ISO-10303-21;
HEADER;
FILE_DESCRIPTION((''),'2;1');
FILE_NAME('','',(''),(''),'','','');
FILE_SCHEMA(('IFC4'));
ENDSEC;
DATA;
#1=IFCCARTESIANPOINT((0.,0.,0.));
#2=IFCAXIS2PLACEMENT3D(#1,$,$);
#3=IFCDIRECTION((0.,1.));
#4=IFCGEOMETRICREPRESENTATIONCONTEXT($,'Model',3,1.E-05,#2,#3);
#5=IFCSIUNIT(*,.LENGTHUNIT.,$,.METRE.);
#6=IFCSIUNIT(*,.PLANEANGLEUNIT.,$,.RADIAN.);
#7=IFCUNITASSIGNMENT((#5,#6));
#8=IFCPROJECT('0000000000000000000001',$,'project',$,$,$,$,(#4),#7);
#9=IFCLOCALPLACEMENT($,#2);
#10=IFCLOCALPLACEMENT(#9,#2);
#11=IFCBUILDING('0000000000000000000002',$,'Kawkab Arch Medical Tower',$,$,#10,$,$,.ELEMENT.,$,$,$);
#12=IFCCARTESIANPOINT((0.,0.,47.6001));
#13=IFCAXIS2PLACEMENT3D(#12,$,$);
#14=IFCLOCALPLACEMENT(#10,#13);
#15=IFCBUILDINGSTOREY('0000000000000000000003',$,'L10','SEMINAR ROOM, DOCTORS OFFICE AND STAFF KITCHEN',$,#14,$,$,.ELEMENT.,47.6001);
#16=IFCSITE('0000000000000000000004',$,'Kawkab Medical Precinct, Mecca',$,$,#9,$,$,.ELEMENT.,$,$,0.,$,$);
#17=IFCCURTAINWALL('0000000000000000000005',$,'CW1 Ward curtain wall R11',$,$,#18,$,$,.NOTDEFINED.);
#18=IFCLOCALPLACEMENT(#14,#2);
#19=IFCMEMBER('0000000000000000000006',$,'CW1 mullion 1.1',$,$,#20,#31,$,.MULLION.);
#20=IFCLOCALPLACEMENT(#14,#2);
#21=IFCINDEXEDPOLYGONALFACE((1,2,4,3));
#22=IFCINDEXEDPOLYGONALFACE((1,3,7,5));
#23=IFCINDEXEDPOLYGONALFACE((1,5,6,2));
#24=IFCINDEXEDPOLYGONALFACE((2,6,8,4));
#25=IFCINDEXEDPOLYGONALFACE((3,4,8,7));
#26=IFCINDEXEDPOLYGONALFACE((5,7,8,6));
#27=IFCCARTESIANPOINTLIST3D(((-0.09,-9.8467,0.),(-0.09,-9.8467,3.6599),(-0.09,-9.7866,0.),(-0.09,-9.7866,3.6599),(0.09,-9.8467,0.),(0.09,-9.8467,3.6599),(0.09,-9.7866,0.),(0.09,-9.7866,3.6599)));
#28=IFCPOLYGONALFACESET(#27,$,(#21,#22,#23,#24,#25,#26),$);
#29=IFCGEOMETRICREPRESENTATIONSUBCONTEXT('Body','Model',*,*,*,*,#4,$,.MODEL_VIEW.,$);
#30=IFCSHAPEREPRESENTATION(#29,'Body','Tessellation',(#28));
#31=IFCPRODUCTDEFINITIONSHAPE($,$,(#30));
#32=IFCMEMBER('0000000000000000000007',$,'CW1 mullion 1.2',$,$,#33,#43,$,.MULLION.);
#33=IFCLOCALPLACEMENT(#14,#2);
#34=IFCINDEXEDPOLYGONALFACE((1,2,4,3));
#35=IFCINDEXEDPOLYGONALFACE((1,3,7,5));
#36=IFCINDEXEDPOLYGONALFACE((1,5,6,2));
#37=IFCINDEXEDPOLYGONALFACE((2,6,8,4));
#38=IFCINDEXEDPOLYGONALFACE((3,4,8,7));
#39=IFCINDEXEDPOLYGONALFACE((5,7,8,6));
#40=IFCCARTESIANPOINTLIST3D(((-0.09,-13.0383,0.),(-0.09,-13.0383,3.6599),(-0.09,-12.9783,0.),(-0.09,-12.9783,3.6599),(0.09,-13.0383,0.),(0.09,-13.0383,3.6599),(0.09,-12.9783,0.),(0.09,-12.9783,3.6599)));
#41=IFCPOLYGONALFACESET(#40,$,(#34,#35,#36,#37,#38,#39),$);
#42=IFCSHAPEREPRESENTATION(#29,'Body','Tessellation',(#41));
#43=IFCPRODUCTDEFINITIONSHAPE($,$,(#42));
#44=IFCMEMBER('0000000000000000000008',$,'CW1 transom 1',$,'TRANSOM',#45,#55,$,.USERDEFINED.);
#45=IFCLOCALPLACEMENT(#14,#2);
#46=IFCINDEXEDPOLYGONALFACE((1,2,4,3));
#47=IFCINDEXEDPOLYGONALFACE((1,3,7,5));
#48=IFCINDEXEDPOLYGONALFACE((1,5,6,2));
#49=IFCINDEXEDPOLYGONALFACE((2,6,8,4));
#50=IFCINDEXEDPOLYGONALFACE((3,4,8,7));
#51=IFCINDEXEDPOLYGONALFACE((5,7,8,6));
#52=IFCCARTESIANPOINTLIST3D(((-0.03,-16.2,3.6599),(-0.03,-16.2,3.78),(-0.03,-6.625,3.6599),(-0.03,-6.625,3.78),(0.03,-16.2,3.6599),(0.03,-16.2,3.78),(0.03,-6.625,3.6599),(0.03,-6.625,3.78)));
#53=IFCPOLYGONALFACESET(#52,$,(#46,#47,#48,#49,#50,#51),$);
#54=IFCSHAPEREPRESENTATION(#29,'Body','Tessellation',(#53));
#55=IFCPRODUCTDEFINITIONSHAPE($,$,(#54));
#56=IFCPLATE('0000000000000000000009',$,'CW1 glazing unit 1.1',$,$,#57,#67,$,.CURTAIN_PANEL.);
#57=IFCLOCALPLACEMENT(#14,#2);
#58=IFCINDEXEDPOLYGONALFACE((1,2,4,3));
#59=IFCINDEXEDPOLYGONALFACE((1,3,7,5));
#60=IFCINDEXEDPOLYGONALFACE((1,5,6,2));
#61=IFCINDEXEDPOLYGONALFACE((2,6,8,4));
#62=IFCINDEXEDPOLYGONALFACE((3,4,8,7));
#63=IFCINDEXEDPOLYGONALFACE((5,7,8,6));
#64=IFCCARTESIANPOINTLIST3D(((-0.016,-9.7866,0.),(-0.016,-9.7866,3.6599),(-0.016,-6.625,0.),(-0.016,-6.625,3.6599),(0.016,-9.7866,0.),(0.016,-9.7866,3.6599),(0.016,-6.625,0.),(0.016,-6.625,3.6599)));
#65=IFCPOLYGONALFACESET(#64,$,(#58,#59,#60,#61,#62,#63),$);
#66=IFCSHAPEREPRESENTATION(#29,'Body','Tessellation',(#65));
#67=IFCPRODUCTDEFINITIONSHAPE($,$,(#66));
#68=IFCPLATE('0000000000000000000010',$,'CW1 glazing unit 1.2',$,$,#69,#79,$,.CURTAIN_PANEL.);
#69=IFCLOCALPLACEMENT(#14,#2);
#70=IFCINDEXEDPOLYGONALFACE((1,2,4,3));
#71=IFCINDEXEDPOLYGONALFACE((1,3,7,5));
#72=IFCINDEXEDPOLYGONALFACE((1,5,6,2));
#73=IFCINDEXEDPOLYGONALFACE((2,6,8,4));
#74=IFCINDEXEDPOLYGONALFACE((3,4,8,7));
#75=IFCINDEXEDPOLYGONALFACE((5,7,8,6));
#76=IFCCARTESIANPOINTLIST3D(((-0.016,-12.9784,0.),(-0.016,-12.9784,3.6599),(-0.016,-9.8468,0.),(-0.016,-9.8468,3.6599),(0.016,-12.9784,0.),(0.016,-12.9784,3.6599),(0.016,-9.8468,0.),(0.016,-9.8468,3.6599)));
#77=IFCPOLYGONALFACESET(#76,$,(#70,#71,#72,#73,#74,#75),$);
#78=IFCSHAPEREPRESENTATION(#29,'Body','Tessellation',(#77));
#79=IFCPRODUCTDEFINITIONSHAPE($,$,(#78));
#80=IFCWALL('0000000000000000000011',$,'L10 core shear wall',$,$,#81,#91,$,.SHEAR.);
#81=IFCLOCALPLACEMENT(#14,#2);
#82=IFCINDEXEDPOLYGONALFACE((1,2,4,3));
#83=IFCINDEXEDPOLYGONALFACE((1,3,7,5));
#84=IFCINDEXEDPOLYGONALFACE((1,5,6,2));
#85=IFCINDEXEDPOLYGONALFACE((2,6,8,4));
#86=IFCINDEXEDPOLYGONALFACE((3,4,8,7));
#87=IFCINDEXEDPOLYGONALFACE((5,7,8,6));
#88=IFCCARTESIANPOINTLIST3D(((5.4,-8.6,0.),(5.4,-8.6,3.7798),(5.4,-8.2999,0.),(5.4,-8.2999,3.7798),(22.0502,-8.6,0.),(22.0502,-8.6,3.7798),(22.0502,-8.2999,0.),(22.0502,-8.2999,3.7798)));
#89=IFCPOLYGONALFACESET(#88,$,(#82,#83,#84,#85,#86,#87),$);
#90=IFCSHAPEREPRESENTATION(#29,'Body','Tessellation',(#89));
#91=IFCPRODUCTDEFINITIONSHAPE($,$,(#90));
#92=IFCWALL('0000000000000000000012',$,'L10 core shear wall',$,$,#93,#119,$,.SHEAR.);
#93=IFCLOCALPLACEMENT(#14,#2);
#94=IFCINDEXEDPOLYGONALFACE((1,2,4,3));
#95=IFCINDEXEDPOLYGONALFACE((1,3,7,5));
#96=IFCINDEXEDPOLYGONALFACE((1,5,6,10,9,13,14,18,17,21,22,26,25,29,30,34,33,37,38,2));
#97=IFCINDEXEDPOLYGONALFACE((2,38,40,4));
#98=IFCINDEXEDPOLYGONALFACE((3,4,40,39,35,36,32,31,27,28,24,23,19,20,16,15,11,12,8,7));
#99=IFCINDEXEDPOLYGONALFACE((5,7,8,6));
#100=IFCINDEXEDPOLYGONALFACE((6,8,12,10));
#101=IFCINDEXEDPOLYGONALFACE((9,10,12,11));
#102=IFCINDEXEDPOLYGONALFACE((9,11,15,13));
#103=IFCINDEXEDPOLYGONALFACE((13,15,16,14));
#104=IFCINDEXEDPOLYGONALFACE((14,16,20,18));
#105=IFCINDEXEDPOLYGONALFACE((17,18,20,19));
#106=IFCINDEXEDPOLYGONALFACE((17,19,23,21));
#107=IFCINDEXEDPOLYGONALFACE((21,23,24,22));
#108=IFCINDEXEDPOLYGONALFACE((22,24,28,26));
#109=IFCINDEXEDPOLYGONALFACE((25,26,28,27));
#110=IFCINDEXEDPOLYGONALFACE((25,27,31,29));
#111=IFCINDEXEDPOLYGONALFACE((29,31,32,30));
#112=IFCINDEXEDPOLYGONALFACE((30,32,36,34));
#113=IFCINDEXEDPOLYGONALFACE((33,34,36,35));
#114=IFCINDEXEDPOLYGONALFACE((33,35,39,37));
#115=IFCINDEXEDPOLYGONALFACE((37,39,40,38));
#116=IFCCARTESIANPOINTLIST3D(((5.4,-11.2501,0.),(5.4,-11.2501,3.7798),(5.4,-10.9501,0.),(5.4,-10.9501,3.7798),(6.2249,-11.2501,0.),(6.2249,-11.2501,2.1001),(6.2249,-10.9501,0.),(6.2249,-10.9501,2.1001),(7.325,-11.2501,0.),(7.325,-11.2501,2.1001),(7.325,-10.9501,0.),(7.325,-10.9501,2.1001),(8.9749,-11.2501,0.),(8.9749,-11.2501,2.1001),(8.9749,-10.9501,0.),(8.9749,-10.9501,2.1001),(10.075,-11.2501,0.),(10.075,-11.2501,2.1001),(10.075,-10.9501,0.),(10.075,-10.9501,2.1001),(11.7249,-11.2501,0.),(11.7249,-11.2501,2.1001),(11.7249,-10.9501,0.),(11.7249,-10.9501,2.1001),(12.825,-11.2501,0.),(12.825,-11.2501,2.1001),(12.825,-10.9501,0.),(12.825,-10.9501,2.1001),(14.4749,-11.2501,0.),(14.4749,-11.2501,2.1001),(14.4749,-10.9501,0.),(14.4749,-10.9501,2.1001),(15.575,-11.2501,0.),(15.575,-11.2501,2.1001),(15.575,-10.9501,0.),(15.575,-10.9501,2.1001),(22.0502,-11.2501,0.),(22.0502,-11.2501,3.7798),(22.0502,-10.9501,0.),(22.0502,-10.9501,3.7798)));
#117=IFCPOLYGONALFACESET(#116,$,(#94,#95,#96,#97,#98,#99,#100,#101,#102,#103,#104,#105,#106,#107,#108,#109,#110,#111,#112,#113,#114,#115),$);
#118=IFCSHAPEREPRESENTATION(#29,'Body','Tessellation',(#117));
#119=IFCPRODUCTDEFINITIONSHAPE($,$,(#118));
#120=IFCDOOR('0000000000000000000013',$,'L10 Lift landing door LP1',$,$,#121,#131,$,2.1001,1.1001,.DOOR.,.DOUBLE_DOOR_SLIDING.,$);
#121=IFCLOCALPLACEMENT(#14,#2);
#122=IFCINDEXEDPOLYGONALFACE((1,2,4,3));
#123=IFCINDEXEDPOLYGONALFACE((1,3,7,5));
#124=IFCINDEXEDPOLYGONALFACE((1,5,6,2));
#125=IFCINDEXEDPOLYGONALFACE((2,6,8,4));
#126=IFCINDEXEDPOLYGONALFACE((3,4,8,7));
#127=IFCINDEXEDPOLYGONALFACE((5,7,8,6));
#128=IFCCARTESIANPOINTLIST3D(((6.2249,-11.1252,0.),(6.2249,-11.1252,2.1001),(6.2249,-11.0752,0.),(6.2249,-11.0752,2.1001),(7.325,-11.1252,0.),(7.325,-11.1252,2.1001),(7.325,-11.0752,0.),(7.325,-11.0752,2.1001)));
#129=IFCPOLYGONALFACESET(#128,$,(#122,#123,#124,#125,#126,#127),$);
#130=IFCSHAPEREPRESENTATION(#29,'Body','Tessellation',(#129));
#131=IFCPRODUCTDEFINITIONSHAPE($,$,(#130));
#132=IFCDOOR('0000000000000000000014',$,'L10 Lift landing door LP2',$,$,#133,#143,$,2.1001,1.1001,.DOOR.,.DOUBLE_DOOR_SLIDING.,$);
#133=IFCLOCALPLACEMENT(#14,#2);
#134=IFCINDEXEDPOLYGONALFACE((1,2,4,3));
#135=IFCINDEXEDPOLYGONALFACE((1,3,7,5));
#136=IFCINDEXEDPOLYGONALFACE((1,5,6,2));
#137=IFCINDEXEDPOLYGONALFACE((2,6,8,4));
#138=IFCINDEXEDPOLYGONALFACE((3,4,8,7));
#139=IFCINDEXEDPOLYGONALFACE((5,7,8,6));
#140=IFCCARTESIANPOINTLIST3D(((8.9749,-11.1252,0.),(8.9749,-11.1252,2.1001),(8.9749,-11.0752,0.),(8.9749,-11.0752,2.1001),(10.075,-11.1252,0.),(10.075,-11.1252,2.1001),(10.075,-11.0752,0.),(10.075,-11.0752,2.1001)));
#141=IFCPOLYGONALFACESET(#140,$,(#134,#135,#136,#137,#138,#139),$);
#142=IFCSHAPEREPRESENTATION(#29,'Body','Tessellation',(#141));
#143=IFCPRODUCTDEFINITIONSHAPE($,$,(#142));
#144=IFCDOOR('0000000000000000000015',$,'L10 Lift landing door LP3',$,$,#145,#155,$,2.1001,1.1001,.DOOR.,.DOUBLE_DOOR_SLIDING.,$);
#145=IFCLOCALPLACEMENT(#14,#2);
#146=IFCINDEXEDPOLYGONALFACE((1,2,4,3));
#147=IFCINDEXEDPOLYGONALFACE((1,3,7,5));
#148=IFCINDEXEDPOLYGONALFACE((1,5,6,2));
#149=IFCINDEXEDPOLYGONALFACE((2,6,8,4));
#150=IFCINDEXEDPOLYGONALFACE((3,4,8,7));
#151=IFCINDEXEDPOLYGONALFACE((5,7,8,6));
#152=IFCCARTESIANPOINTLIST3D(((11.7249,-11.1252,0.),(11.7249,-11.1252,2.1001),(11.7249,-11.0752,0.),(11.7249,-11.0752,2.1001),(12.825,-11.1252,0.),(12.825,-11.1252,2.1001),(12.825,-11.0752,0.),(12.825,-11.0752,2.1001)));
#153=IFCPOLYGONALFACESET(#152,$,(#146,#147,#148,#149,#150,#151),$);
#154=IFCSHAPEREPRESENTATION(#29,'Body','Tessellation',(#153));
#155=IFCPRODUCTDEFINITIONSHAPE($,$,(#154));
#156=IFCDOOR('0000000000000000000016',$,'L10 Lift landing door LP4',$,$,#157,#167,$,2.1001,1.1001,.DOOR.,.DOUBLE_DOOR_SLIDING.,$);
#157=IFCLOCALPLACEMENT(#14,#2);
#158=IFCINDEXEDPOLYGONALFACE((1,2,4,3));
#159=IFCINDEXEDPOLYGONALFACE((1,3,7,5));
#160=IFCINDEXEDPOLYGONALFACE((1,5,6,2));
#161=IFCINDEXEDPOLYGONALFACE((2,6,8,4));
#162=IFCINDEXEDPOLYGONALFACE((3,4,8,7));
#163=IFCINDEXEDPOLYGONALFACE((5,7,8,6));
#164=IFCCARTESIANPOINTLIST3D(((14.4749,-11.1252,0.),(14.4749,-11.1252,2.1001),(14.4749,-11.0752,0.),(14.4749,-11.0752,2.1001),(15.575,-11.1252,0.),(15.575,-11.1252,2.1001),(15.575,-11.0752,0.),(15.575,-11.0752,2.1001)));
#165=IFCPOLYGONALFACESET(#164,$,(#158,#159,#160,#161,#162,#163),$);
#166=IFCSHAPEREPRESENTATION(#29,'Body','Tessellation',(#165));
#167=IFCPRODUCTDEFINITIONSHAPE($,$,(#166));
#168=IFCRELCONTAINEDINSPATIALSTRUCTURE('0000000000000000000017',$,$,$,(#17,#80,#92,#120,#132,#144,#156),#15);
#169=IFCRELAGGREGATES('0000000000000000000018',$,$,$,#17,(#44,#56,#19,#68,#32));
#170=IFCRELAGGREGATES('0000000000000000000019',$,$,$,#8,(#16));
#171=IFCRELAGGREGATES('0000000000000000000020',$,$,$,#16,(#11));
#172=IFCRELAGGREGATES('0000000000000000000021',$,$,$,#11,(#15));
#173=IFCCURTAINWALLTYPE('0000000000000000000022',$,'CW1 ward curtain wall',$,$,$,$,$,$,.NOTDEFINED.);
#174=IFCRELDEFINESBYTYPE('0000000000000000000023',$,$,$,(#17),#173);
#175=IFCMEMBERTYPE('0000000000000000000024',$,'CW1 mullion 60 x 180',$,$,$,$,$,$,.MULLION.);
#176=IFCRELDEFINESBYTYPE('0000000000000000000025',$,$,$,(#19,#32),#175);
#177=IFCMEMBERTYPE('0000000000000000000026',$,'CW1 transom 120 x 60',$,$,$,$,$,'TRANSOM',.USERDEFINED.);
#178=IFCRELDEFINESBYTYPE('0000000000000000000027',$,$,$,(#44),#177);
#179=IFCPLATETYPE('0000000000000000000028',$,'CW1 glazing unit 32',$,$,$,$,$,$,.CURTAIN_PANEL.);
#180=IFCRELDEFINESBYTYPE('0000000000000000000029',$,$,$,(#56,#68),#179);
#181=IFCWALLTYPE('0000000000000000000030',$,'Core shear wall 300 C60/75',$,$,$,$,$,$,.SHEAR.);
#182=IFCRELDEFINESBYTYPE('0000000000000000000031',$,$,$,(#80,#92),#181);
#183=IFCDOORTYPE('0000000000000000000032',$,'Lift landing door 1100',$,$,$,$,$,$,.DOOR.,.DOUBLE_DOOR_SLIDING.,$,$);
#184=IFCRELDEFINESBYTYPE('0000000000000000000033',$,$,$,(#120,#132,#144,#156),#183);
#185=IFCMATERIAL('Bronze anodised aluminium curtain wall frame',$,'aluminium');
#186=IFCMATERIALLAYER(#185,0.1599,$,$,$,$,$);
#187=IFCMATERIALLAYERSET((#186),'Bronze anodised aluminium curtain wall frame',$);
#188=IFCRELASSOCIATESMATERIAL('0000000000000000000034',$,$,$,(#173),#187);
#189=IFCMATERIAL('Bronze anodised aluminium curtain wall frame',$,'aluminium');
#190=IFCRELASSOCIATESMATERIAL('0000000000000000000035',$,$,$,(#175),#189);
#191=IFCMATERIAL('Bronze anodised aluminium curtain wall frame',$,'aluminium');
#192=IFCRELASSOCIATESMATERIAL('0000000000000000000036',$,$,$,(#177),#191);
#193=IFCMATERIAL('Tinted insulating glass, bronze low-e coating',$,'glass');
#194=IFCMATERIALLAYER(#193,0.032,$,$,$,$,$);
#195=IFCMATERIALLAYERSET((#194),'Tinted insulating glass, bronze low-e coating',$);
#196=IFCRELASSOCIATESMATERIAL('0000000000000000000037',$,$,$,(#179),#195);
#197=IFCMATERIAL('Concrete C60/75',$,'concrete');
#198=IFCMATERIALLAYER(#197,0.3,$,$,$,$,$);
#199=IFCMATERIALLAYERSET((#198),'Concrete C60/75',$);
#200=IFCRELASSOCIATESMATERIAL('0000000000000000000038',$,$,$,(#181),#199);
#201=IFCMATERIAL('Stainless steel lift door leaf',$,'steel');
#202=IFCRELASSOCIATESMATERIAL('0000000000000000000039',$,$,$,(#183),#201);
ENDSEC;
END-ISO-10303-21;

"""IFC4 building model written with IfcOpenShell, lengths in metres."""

from ifc_helpers import new_model, si_unit, direction, frame, frame_2d, origin, origin_2d, place, context, subcontext, project, spatial, rectangle, extrude, material, layer, layer_set, material_profile, profile_set, type_object, element, fill, aggregate, save


model = new_model("IFC4")

# Units and contexts
model_context = context("Model", 3, precision=1e-05, world=origin(), true_north=direction((0.0, 1.0)))
body_context = subcontext(model_context, "Body", "Model", "MODEL_VIEW")
ifc_project = project(units=[si_unit("LENGTHUNIT", "METRE"), si_unit("PLANEANGLEUNIT", "RADIAN")], contexts=[model_context])

# Site, building, storey
site_placement = place(None, origin())
site = spatial("IfcSite", under=ifc_project, at=site_placement, Name="Kawkab Medical Precinct, Mecca", CompositionType="ELEMENT", RefElevation=0.0)
building_placement = place(site_placement, origin())
building = spatial("IfcBuilding", under=site, at=building_placement, Name="Kawkab Arch Medical Tower", CompositionType="ELEMENT")
storey_placement = place(building_placement, frame((0.0, 0.0, 47.6001)))
storey = spatial("IfcBuildingStorey", under=building, at=storey_placement, Name="L10", Description="SEMINAR ROOM, DOCTORS OFFICE AND STAFF KITCHEN", CompositionType="ELEMENT", Elevation=47.6001)

# Curtain wall, members, plates
ifc_material_1 = material(Name="Bronze anodised aluminium curtain wall frame", Category="aluminium")
ifc_layer_1 = layer(ifc_material_1, 0.1599)
ifc_layer_set_1 = layer_set([ifc_layer_1], Name="Bronze anodised aluminium curtain wall frame")
curtain_wall_type = type_object("IfcCurtainWallType", Name="CW1 ward curtain wall", PredefinedType="NOTDEFINED", material=ifc_layer_set_1)
placement = place(storey_placement, origin())
curtain_wall = element("IfcCurtainWall", 1, at=placement, inside=storey, type_object=curtain_wall_type, Name="CW1 Ward curtain wall R11", PredefinedType="NOTDEFINED")
ifc_material_2 = material(Name="Bronze anodised aluminium curtain wall frame", Category="aluminium")
ifc_material_profile_1 = material_profile(ifc_material_2, rectangle(XDim=0.1799, YDim=0.0601, at=origin_2d()), Name="AL 60x180")
ifc_profile_set_1 = profile_set([ifc_material_profile_1], Name="Bronze anodised aluminium curtain wall frame")
member_type_1 = type_object("IfcMemberType", Name="CW1 mullion 60 x 180", PredefinedType="MULLION", material=ifc_profile_set_1)
member_1_placement = place(storey_placement, frame((0.0, -9.8167, 0.0), z_axis=(0.0, 0.0, 1.0), x_axis=(1.0, 0.0, 0.0)))
member_1 = element("IfcMember", 2, at=member_1_placement, type_object=member_type_1, Name="CW1 mullion 1.1", PredefinedType="MULLION", context=body_context, shape_type="SweptSolid", body=[
    extrude(rectangle(XDim=0.1799, YDim=0.0601, at=origin_2d()), origin(), (0.0, 0.0, 1.0), 3.6599),
])
member_2_placement = place(storey_placement, frame((0.0, -13.0083, 0.0), z_axis=(0.0, 0.0, 1.0), x_axis=(1.0, 0.0, 0.0)))
member_2 = element("IfcMember", 3, at=member_2_placement, type_object=member_type_1, Name="CW1 mullion 1.2", PredefinedType="MULLION", context=body_context, shape_type="SweptSolid", body=[
    extrude(rectangle(XDim=0.1799, YDim=0.0601, at=origin_2d()), origin(), (0.0, 0.0, 1.0), 3.6599),
])
ifc_material_3 = material(Name="Bronze anodised aluminium curtain wall frame", Category="aluminium")
ifc_material_profile_2 = material_profile(ifc_material_3, rectangle(XDim=0.0601, YDim=0.1201, at=origin_2d()), Name="AL 60x120")
ifc_profile_set_2 = profile_set([ifc_material_profile_2], Name="Bronze anodised aluminium curtain wall frame")
member_type_2 = type_object("IfcMemberType", Name="CW1 transom 120 x 60", ElementType="TRANSOM", PredefinedType="USERDEFINED", material=ifc_profile_set_2)
member_3_placement = place(storey_placement, frame((0.0, -6.625, 3.72), z_axis=(0.0, -1.0, 0.0), x_axis=(1.0, 0.0, 0.0)))
member_3 = element("IfcMember", 4, at=member_3_placement, type_object=member_type_2, Name="CW1 transom 1", ObjectType="TRANSOM", PredefinedType="USERDEFINED", context=body_context, shape_type="SweptSolid", body=[
    extrude(rectangle(XDim=0.0601, YDim=0.1201, at=origin_2d()), origin(), (0.0, 0.0, 1.0), 9.575),
])
ifc_material_4 = material(Name="Tinted insulating glass, bronze low-e coating", Category="glass")
ifc_layer_2 = layer(ifc_material_4, 0.032)
ifc_layer_set_2 = layer_set([ifc_layer_2], Name="Tinted insulating glass, bronze low-e coating")
plate_type = type_object("IfcPlateType", Name="CW1 glazing unit 32", PredefinedType="CURTAIN_PANEL", material=ifc_layer_set_2)
plate_1_placement = place(storey_placement, frame((0.0, -8.2058, 0.0), z_axis=(0.0, 0.0, 1.0), x_axis=(0.0, -1.0, 0.0)))
plate_1 = element("IfcPlate", 5, at=plate_1_placement, type_object=plate_type, Name="CW1 glazing unit 1.1", PredefinedType="CURTAIN_PANEL", context=body_context, shape_type="SweptSolid", body=[
    extrude(rectangle(XDim=3.1616, YDim=0.032, at=origin_2d()), origin(), (0.0, 0.0, 1.0), 3.6599),
])
plate_2_placement = place(storey_placement, frame((0.0, -11.4126, 0.0), z_axis=(0.0, 0.0, 1.0), x_axis=(0.0, -1.0, 0.0)))
plate_2 = element("IfcPlate", 6, at=plate_2_placement, type_object=plate_type, Name="CW1 glazing unit 1.2", PredefinedType="CURTAIN_PANEL", context=body_context, shape_type="SweptSolid", body=[
    extrude(rectangle(XDim=3.1316, YDim=0.032, at=origin_2d()), origin(), (0.0, 0.0, 1.0), 3.6599),
])
aggregate(curtain_wall, [member_3, plate_1, member_1, plate_2, member_2])

# Wall
ifc_material_5 = material(Name="Concrete C60/75", Category="concrete")
ifc_layer_3 = layer(ifc_material_5, 0.3)
ifc_layer_set_3 = layer_set([ifc_layer_3], Name="Concrete C60/75")
wall_type_1 = type_object("IfcWallType", Name="Core shear wall 300 C60/75", PredefinedType="SHEAR", material=ifc_layer_set_3)
wall_1_placement = place(storey_placement, frame((5.3999, -8.45, 0.0), z_axis=(0.0, 0.0, 1.0), x_axis=(1.0, 0.0, 0.0)))
element("IfcWall", 7, at=wall_1_placement, inside=storey, type_object=wall_type_1, Name="L10 core shear wall", PredefinedType="SHEAR", context=body_context, shape_type="SweptSolid", body=[
    extrude(rectangle(XDim=16.6501, YDim=0.3, at=frame_2d((8.3252, 0.0))), origin(), (0.0, 0.0, 1.0), 3.7798),
])

# Wall, openings, doors
wall_2_placement = place(storey_placement, frame((5.3999, -11.1001, 0.0), z_axis=(0.0, 0.0, 1.0), x_axis=(1.0, 0.0, 0.0)))
wall_2 = element("IfcWall", 8, at=wall_2_placement, inside=storey, type_object=wall_type_1, Name="L10 core shear wall", PredefinedType="SHEAR", context=body_context, shape_type="SweptSolid", body=[
    extrude(rectangle(XDim=16.6501, YDim=0.3, at=frame_2d((8.3252, 0.0))), origin(), (0.0, 0.0, 1.0), 3.7798),
])
opening_1_placement = place(wall_2_placement, frame((0.825, 0.0, 0.0)))
opening_1 = element("IfcOpeningElement", 9, at=opening_1_placement, cuts=wall_2, PredefinedType="OPENING", context=body_context, shape_type="SweptSolid", body=[
    extrude(rectangle(XDim=1.1001, YDim=2.1001, at=frame_2d((0.55, 1.05))), frame((0.0, 0.1599, 0.0), z_axis=(0.0, -1.0, 0.0), x_axis=(1.0, 0.0, 0.0)), (0.0, 0.0, 1.0), 0.3201),
])
opening_2_placement = place(wall_2_placement, frame((3.575, 0.0, 0.0)))
opening_2 = element("IfcOpeningElement", 10, at=opening_2_placement, cuts=wall_2, PredefinedType="OPENING", context=body_context, shape_type="SweptSolid", body=[
    extrude(rectangle(XDim=1.1001, YDim=2.1001, at=frame_2d((0.55, 1.05))), frame((0.0, 0.1599, 0.0), z_axis=(0.0, -1.0, 0.0), x_axis=(1.0, 0.0, 0.0)), (0.0, 0.0, 1.0), 0.3201),
])
opening_3_placement = place(wall_2_placement, frame((6.325, 0.0, 0.0)))
opening_3 = element("IfcOpeningElement", 11, at=opening_3_placement, cuts=wall_2, PredefinedType="OPENING", context=body_context, shape_type="SweptSolid", body=[
    extrude(rectangle(XDim=1.1001, YDim=2.1001, at=frame_2d((0.55, 1.05))), frame((0.0, 0.1599, 0.0), z_axis=(0.0, -1.0, 0.0), x_axis=(1.0, 0.0, 0.0)), (0.0, 0.0, 1.0), 0.3201),
])
opening_4_placement = place(wall_2_placement, frame((9.075, 0.0, 0.0)))
opening_4 = element("IfcOpeningElement", 12, at=opening_4_placement, cuts=wall_2, PredefinedType="OPENING", context=body_context, shape_type="SweptSolid", body=[
    extrude(rectangle(XDim=1.1001, YDim=2.1001, at=frame_2d((0.55, 1.05))), frame((0.0, 0.1599, 0.0), z_axis=(0.0, -1.0, 0.0), x_axis=(1.0, 0.0, 0.0)), (0.0, 0.0, 1.0), 0.3201),
])
ifc_material_6 = material(Name="Stainless steel lift door leaf", Category="steel")
door_type = type_object("IfcDoorType", Name="Lift landing door 1100", OperationType="DOUBLE_DOOR_SLIDING", PredefinedType="DOOR", material=ifc_material_6)
door_1_placement = place(opening_1_placement, origin())
door_1 = element("IfcDoor", 13, at=door_1_placement, inside=storey, type_object=door_type, Name="L10 Lift landing door LP1", OperationType="DOUBLE_DOOR_SLIDING", OverallHeight=2.1001, OverallWidth=1.1001, PredefinedType="DOOR", context=body_context, shape_type="SweptSolid", body=[
    extrude(rectangle(XDim=1.1001, YDim=2.1001, at=frame_2d((0.55, 1.05))), frame((0.0, 0.0249, 0.0), z_axis=(0.0, -1.0, 0.0), x_axis=(1.0, 0.0, 0.0)), (0.0, 0.0, 1.0), 0.05),
])
fill(opening_1, door_1)
door_2_placement = place(opening_2_placement, origin())
door_2 = element("IfcDoor", 14, at=door_2_placement, inside=storey, type_object=door_type, Name="L10 Lift landing door LP2", OperationType="DOUBLE_DOOR_SLIDING", OverallHeight=2.1001, OverallWidth=1.1001, PredefinedType="DOOR", context=body_context, shape_type="SweptSolid", body=[
    extrude(rectangle(XDim=1.1001, YDim=2.1001, at=frame_2d((0.55, 1.05))), frame((0.0, 0.0249, 0.0), z_axis=(0.0, -1.0, 0.0), x_axis=(1.0, 0.0, 0.0)), (0.0, 0.0, 1.0), 0.05),
])
fill(opening_2, door_2)
door_3_placement = place(opening_3_placement, origin())
door_3 = element("IfcDoor", 15, at=door_3_placement, inside=storey, type_object=door_type, Name="L10 Lift landing door LP3", OperationType="DOUBLE_DOOR_SLIDING", OverallHeight=2.1001, OverallWidth=1.1001, PredefinedType="DOOR", context=body_context, shape_type="SweptSolid", body=[
    extrude(rectangle(XDim=1.1001, YDim=2.1001, at=frame_2d((0.55, 1.05))), frame((0.0, 0.0249, 0.0), z_axis=(0.0, -1.0, 0.0), x_axis=(1.0, 0.0, 0.0)), (0.0, 0.0, 1.0), 0.05),
])
fill(opening_3, door_3)
door_4_placement = place(opening_4_placement, origin())
door_4 = element("IfcDoor", 16, at=door_4_placement, inside=storey, type_object=door_type, Name="L10 Lift landing door LP4", OperationType="DOUBLE_DOOR_SLIDING", OverallHeight=2.1001, OverallWidth=1.1001, PredefinedType="DOOR", context=body_context, shape_type="SweptSolid", body=[
    extrude(rectangle(XDim=1.1001, YDim=2.1001, at=frame_2d((0.55, 1.05))), frame((0.0, 0.0249, 0.0), z_axis=(0.0, -1.0, 0.0), x_axis=(1.0, 0.0, 0.0)), (0.0, 0.0, 1.0), 0.05),
])
fill(opening_4, door_4)

save(model, "model.ifc")
